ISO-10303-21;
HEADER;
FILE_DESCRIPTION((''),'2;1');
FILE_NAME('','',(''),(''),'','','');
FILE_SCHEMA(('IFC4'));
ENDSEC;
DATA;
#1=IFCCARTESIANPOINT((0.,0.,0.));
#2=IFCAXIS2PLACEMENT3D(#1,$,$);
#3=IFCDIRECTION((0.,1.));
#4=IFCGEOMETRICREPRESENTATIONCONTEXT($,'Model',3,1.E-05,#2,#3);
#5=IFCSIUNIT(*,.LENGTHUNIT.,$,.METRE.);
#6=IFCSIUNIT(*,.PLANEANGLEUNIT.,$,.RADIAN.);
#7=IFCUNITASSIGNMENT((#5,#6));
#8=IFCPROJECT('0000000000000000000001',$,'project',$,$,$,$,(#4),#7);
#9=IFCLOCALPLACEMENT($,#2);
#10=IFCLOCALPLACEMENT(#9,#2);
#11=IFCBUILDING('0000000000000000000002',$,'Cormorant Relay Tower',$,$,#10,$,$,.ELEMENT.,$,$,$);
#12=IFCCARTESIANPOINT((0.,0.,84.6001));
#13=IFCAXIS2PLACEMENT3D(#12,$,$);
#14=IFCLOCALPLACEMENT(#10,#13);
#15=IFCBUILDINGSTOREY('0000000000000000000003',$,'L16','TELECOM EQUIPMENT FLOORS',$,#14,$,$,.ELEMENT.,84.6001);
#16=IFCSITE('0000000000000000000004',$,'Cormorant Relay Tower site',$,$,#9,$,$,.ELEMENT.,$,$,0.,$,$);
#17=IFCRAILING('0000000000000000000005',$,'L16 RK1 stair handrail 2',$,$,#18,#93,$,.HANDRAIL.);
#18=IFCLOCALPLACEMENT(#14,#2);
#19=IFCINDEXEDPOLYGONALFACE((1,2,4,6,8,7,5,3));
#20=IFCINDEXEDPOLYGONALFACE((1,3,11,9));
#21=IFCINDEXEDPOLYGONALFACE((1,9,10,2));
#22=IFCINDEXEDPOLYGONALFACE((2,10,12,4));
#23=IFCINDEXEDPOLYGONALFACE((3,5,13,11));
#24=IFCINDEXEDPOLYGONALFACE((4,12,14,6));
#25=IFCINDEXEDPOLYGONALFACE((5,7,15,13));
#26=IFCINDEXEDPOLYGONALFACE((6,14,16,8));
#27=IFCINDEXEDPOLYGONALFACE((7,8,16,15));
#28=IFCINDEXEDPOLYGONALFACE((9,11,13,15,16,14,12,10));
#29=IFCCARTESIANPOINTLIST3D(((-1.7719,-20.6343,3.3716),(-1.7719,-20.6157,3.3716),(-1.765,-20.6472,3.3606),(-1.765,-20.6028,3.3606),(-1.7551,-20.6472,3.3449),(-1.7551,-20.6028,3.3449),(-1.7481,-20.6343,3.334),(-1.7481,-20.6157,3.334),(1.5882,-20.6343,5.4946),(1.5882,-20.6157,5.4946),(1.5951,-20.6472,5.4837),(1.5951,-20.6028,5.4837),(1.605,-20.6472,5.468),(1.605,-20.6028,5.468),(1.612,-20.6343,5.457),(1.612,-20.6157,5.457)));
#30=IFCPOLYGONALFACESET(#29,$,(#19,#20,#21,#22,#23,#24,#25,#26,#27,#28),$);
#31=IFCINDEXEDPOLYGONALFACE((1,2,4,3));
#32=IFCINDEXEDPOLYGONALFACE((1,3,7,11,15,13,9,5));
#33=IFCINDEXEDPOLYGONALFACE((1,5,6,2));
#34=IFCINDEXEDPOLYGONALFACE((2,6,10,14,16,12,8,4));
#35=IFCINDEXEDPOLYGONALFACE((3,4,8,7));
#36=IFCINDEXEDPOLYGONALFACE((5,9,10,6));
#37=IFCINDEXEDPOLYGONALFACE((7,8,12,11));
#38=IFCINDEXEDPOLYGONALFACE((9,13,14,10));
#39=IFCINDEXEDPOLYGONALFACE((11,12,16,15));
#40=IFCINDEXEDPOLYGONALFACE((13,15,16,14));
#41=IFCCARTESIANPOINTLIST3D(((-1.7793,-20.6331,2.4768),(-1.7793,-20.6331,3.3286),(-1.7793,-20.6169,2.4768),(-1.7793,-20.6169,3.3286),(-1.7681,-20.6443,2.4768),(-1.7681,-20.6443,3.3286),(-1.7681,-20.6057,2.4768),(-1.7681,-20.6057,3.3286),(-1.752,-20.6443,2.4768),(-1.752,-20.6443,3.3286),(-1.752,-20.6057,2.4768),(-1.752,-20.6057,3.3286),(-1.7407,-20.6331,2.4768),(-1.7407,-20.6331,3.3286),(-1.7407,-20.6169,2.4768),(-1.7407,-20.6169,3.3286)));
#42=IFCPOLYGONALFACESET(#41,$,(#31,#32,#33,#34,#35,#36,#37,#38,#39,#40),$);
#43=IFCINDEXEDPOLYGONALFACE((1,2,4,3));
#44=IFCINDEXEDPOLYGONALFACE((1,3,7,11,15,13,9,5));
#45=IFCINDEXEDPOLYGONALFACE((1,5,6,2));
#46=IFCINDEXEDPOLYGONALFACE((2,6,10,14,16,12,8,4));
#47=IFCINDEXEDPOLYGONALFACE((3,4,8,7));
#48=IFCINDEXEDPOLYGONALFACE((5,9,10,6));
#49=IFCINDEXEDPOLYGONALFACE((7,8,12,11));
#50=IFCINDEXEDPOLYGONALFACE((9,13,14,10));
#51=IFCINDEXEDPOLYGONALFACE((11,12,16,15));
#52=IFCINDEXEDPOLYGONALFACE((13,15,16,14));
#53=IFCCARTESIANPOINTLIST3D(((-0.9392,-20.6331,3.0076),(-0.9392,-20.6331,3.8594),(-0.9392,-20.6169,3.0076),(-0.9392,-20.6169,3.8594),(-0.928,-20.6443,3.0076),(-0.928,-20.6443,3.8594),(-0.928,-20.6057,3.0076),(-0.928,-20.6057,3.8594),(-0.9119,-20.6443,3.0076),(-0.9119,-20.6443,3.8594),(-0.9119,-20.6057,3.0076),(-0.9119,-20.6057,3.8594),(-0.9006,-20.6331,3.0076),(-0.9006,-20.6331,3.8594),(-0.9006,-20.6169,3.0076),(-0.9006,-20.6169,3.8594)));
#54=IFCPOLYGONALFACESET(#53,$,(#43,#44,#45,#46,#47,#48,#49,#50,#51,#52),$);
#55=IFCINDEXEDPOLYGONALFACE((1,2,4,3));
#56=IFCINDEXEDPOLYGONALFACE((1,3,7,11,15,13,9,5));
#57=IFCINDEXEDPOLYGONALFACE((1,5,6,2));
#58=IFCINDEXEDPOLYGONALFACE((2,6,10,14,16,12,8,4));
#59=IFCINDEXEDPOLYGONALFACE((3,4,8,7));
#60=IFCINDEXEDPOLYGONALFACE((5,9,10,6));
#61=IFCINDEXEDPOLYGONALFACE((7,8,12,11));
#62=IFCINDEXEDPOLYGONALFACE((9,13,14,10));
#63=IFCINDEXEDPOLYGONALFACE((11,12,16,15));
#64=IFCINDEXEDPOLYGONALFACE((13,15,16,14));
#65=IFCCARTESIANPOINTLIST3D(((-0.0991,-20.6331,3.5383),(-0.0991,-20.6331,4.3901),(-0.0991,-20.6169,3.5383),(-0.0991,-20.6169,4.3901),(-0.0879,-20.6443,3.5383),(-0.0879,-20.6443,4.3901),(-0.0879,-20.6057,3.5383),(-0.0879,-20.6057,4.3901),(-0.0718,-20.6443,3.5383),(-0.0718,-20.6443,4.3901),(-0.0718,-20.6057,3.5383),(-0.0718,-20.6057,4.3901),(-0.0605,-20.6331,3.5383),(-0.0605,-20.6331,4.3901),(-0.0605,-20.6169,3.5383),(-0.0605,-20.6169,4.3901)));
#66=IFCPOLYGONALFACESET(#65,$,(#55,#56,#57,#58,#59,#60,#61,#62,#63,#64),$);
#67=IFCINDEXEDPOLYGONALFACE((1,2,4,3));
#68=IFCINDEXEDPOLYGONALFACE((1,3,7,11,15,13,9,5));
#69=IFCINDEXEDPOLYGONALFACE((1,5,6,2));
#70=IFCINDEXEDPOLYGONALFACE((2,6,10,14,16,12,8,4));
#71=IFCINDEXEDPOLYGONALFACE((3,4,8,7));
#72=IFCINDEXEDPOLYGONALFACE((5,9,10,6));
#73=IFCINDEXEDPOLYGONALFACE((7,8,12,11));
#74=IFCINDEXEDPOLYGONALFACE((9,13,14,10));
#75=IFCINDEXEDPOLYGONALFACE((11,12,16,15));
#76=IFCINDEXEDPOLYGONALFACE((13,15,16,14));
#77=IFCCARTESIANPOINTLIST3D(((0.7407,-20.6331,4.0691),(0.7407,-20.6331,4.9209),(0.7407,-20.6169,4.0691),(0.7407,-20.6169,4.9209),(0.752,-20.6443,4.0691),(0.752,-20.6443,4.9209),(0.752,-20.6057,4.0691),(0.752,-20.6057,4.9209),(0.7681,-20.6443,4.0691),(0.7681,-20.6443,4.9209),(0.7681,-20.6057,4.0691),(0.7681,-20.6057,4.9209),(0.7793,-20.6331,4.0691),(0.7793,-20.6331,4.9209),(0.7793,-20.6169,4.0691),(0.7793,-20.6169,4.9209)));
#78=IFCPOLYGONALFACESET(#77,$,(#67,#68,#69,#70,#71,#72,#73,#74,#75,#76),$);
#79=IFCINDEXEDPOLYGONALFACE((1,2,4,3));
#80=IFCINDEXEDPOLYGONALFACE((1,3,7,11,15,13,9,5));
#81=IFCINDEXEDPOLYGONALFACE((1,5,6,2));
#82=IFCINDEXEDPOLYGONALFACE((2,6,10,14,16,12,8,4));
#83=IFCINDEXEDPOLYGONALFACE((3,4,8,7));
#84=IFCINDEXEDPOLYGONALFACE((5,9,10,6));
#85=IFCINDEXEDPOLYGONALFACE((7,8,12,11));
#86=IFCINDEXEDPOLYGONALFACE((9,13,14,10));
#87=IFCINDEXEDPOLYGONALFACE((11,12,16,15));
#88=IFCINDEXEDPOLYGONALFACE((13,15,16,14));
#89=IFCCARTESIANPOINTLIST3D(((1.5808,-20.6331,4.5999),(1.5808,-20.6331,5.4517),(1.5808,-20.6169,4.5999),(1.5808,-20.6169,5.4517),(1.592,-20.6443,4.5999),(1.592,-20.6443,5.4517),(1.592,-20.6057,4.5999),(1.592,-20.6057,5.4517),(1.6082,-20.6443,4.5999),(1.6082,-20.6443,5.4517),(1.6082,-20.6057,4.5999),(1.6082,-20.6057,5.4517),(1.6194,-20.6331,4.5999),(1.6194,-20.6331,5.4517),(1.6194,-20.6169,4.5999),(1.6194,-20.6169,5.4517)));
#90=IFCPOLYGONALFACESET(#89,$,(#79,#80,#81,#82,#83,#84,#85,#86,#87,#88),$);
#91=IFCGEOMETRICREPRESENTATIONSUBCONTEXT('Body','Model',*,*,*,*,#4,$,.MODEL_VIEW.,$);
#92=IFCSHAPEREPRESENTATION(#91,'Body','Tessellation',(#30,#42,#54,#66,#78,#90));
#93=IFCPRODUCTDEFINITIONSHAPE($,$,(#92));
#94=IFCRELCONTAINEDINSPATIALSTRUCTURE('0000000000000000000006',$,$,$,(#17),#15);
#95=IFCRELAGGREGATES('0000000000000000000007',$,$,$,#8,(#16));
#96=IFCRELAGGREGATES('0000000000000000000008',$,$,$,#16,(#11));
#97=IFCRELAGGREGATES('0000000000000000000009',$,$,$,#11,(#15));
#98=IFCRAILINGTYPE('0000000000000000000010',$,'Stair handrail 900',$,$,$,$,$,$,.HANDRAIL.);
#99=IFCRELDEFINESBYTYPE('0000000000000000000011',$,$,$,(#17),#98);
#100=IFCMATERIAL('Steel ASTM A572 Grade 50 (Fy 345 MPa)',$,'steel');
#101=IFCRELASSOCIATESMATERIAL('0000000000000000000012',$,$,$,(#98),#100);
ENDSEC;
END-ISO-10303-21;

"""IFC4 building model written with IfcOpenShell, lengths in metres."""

from ifc_helpers import new_model, si_unit, direction, frame, origin, place, context, subcontext, project, spatial, polyline, outline, extrude, material, type_object, element, save


model = new_model("IFC4")

# Units and contexts
model_context = context("Model", 3, precision=1e-05, world=origin(), true_north=direction((0.0, 1.0)))
body_context = subcontext(model_context, "Body", "Model", "MODEL_VIEW")
ifc_project = project(units=[si_unit("LENGTHUNIT", "METRE"), si_unit("PLANEANGLEUNIT", "RADIAN")], contexts=[model_context])

# Site, building, storey
site_placement = place(None, origin())
site = spatial("IfcSite", under=ifc_project, at=site_placement, Name="Cormorant Relay Tower site", CompositionType="ELEMENT", RefElevation=0.0)
building_placement = place(site_placement, origin())
building = spatial("IfcBuilding", under=site, at=building_placement, Name="Cormorant Relay Tower", CompositionType="ELEMENT")
storey_placement = place(building_placement, frame((0.0, 0.0, 84.6001)))
storey = spatial("IfcBuildingStorey", under=building, at=storey_placement, Name="L16", Description="TELECOM EQUIPMENT FLOORS", CompositionType="ELEMENT", Elevation=84.6001)

# Railing
ifc_material_1 = material(Name="Steel ASTM A572 Grade 50 (Fy 345 MPa)", Category="steel")
railing_type_1 = type_object("IfcRailingType", Name="Stair handrail 900", PredefinedType="HANDRAIL", material=ifc_material_1)
railing_1_placement = place(storey_placement, frame((-1.76, -20.625, 2.4768)))
element("IfcRailing", 1, at=railing_1_placement, inside=storey, type_object=railing_type_1, Name="L16 RK1 stair handrail 2", PredefinedType="HANDRAIL", context=body_context, shape_type="SweptSolid", body=[
    extrude(outline(polyline([(0.0222, 0.0093), (0.0093, 0.0222), (-0.0093, 0.0222), (-0.0222, 0.0093), (-0.0222, -0.0093), (-0.0093, -0.0222), (0.0093, -0.0222), (0.0222, -0.0093), (0.0222, 0.0093)])), frame((0.0, 0.0, 0.876), z_axis=(0.84539, 0.0, 0.53415), x_axis=(0.0, 1.0, 0.0)), (0.0, 0.0, 1.0), 3.9746),
    extrude(outline(polyline([(0.0193, 0.0081), (0.0081, 0.0193), (-0.0081, 0.0193), (-0.0193, 0.0081), (-0.0193, -0.0081), (-0.0081, -0.0193), (0.0081, -0.0193), (0.0193, -0.0081), (0.0193, 0.0081)])), origin(), (0.0, 0.0, 1.0), 0.8518),
    extrude(outline(polyline([(0.0193, 0.0081), (0.0081, 0.0193), (-0.0081, 0.0193), (-0.0193, 0.0081), (-0.0193, -0.0081), (-0.0081, -0.0193), (0.0081, -0.0193), (0.0193, -0.0081), (0.0193, 0.0081)])), frame((0.8401, 0.0, 0.5308)), (0.0, 0.0, 1.0), 0.8518),
    extrude(outline(polyline([(0.0193, 0.0081), (0.0081, 0.0193), (-0.0081, 0.0193), (-0.0193, 0.0081), (-0.0193, -0.0081), (-0.0081, -0.0193), (0.0081, -0.0193), (0.0193, -0.0081), (0.0193, 0.0081)])), frame((1.6802, 0.0, 1.0615)), (0.0, 0.0, 1.0), 0.8518),
    extrude(outline(polyline([(0.0193, 0.0081), (0.0081, 0.0193), (-0.0081, 0.0193), (-0.0193, 0.0081), (-0.0193, -0.0081), (-0.0081, -0.0193), (0.0081, -0.0193), (0.0193, -0.0081), (0.0193, 0.0081)])), frame((2.52, 0.0, 1.5923)), (0.0, 0.0, 1.0), 0.8518),
    extrude(outline(polyline([(0.0193, 0.0081), (0.0081, 0.0193), (-0.0081, 0.0193), (-0.0193, 0.0081), (-0.0193, -0.0081), (-0.0081, -0.0193), (0.0081, -0.0193), (0.0193, -0.0081), (0.0193, 0.0081)])), frame((3.3601, 0.0, 2.123)), (0.0, 0.0, 1.0), 0.8518),
])

save(model, "model.ifc")
